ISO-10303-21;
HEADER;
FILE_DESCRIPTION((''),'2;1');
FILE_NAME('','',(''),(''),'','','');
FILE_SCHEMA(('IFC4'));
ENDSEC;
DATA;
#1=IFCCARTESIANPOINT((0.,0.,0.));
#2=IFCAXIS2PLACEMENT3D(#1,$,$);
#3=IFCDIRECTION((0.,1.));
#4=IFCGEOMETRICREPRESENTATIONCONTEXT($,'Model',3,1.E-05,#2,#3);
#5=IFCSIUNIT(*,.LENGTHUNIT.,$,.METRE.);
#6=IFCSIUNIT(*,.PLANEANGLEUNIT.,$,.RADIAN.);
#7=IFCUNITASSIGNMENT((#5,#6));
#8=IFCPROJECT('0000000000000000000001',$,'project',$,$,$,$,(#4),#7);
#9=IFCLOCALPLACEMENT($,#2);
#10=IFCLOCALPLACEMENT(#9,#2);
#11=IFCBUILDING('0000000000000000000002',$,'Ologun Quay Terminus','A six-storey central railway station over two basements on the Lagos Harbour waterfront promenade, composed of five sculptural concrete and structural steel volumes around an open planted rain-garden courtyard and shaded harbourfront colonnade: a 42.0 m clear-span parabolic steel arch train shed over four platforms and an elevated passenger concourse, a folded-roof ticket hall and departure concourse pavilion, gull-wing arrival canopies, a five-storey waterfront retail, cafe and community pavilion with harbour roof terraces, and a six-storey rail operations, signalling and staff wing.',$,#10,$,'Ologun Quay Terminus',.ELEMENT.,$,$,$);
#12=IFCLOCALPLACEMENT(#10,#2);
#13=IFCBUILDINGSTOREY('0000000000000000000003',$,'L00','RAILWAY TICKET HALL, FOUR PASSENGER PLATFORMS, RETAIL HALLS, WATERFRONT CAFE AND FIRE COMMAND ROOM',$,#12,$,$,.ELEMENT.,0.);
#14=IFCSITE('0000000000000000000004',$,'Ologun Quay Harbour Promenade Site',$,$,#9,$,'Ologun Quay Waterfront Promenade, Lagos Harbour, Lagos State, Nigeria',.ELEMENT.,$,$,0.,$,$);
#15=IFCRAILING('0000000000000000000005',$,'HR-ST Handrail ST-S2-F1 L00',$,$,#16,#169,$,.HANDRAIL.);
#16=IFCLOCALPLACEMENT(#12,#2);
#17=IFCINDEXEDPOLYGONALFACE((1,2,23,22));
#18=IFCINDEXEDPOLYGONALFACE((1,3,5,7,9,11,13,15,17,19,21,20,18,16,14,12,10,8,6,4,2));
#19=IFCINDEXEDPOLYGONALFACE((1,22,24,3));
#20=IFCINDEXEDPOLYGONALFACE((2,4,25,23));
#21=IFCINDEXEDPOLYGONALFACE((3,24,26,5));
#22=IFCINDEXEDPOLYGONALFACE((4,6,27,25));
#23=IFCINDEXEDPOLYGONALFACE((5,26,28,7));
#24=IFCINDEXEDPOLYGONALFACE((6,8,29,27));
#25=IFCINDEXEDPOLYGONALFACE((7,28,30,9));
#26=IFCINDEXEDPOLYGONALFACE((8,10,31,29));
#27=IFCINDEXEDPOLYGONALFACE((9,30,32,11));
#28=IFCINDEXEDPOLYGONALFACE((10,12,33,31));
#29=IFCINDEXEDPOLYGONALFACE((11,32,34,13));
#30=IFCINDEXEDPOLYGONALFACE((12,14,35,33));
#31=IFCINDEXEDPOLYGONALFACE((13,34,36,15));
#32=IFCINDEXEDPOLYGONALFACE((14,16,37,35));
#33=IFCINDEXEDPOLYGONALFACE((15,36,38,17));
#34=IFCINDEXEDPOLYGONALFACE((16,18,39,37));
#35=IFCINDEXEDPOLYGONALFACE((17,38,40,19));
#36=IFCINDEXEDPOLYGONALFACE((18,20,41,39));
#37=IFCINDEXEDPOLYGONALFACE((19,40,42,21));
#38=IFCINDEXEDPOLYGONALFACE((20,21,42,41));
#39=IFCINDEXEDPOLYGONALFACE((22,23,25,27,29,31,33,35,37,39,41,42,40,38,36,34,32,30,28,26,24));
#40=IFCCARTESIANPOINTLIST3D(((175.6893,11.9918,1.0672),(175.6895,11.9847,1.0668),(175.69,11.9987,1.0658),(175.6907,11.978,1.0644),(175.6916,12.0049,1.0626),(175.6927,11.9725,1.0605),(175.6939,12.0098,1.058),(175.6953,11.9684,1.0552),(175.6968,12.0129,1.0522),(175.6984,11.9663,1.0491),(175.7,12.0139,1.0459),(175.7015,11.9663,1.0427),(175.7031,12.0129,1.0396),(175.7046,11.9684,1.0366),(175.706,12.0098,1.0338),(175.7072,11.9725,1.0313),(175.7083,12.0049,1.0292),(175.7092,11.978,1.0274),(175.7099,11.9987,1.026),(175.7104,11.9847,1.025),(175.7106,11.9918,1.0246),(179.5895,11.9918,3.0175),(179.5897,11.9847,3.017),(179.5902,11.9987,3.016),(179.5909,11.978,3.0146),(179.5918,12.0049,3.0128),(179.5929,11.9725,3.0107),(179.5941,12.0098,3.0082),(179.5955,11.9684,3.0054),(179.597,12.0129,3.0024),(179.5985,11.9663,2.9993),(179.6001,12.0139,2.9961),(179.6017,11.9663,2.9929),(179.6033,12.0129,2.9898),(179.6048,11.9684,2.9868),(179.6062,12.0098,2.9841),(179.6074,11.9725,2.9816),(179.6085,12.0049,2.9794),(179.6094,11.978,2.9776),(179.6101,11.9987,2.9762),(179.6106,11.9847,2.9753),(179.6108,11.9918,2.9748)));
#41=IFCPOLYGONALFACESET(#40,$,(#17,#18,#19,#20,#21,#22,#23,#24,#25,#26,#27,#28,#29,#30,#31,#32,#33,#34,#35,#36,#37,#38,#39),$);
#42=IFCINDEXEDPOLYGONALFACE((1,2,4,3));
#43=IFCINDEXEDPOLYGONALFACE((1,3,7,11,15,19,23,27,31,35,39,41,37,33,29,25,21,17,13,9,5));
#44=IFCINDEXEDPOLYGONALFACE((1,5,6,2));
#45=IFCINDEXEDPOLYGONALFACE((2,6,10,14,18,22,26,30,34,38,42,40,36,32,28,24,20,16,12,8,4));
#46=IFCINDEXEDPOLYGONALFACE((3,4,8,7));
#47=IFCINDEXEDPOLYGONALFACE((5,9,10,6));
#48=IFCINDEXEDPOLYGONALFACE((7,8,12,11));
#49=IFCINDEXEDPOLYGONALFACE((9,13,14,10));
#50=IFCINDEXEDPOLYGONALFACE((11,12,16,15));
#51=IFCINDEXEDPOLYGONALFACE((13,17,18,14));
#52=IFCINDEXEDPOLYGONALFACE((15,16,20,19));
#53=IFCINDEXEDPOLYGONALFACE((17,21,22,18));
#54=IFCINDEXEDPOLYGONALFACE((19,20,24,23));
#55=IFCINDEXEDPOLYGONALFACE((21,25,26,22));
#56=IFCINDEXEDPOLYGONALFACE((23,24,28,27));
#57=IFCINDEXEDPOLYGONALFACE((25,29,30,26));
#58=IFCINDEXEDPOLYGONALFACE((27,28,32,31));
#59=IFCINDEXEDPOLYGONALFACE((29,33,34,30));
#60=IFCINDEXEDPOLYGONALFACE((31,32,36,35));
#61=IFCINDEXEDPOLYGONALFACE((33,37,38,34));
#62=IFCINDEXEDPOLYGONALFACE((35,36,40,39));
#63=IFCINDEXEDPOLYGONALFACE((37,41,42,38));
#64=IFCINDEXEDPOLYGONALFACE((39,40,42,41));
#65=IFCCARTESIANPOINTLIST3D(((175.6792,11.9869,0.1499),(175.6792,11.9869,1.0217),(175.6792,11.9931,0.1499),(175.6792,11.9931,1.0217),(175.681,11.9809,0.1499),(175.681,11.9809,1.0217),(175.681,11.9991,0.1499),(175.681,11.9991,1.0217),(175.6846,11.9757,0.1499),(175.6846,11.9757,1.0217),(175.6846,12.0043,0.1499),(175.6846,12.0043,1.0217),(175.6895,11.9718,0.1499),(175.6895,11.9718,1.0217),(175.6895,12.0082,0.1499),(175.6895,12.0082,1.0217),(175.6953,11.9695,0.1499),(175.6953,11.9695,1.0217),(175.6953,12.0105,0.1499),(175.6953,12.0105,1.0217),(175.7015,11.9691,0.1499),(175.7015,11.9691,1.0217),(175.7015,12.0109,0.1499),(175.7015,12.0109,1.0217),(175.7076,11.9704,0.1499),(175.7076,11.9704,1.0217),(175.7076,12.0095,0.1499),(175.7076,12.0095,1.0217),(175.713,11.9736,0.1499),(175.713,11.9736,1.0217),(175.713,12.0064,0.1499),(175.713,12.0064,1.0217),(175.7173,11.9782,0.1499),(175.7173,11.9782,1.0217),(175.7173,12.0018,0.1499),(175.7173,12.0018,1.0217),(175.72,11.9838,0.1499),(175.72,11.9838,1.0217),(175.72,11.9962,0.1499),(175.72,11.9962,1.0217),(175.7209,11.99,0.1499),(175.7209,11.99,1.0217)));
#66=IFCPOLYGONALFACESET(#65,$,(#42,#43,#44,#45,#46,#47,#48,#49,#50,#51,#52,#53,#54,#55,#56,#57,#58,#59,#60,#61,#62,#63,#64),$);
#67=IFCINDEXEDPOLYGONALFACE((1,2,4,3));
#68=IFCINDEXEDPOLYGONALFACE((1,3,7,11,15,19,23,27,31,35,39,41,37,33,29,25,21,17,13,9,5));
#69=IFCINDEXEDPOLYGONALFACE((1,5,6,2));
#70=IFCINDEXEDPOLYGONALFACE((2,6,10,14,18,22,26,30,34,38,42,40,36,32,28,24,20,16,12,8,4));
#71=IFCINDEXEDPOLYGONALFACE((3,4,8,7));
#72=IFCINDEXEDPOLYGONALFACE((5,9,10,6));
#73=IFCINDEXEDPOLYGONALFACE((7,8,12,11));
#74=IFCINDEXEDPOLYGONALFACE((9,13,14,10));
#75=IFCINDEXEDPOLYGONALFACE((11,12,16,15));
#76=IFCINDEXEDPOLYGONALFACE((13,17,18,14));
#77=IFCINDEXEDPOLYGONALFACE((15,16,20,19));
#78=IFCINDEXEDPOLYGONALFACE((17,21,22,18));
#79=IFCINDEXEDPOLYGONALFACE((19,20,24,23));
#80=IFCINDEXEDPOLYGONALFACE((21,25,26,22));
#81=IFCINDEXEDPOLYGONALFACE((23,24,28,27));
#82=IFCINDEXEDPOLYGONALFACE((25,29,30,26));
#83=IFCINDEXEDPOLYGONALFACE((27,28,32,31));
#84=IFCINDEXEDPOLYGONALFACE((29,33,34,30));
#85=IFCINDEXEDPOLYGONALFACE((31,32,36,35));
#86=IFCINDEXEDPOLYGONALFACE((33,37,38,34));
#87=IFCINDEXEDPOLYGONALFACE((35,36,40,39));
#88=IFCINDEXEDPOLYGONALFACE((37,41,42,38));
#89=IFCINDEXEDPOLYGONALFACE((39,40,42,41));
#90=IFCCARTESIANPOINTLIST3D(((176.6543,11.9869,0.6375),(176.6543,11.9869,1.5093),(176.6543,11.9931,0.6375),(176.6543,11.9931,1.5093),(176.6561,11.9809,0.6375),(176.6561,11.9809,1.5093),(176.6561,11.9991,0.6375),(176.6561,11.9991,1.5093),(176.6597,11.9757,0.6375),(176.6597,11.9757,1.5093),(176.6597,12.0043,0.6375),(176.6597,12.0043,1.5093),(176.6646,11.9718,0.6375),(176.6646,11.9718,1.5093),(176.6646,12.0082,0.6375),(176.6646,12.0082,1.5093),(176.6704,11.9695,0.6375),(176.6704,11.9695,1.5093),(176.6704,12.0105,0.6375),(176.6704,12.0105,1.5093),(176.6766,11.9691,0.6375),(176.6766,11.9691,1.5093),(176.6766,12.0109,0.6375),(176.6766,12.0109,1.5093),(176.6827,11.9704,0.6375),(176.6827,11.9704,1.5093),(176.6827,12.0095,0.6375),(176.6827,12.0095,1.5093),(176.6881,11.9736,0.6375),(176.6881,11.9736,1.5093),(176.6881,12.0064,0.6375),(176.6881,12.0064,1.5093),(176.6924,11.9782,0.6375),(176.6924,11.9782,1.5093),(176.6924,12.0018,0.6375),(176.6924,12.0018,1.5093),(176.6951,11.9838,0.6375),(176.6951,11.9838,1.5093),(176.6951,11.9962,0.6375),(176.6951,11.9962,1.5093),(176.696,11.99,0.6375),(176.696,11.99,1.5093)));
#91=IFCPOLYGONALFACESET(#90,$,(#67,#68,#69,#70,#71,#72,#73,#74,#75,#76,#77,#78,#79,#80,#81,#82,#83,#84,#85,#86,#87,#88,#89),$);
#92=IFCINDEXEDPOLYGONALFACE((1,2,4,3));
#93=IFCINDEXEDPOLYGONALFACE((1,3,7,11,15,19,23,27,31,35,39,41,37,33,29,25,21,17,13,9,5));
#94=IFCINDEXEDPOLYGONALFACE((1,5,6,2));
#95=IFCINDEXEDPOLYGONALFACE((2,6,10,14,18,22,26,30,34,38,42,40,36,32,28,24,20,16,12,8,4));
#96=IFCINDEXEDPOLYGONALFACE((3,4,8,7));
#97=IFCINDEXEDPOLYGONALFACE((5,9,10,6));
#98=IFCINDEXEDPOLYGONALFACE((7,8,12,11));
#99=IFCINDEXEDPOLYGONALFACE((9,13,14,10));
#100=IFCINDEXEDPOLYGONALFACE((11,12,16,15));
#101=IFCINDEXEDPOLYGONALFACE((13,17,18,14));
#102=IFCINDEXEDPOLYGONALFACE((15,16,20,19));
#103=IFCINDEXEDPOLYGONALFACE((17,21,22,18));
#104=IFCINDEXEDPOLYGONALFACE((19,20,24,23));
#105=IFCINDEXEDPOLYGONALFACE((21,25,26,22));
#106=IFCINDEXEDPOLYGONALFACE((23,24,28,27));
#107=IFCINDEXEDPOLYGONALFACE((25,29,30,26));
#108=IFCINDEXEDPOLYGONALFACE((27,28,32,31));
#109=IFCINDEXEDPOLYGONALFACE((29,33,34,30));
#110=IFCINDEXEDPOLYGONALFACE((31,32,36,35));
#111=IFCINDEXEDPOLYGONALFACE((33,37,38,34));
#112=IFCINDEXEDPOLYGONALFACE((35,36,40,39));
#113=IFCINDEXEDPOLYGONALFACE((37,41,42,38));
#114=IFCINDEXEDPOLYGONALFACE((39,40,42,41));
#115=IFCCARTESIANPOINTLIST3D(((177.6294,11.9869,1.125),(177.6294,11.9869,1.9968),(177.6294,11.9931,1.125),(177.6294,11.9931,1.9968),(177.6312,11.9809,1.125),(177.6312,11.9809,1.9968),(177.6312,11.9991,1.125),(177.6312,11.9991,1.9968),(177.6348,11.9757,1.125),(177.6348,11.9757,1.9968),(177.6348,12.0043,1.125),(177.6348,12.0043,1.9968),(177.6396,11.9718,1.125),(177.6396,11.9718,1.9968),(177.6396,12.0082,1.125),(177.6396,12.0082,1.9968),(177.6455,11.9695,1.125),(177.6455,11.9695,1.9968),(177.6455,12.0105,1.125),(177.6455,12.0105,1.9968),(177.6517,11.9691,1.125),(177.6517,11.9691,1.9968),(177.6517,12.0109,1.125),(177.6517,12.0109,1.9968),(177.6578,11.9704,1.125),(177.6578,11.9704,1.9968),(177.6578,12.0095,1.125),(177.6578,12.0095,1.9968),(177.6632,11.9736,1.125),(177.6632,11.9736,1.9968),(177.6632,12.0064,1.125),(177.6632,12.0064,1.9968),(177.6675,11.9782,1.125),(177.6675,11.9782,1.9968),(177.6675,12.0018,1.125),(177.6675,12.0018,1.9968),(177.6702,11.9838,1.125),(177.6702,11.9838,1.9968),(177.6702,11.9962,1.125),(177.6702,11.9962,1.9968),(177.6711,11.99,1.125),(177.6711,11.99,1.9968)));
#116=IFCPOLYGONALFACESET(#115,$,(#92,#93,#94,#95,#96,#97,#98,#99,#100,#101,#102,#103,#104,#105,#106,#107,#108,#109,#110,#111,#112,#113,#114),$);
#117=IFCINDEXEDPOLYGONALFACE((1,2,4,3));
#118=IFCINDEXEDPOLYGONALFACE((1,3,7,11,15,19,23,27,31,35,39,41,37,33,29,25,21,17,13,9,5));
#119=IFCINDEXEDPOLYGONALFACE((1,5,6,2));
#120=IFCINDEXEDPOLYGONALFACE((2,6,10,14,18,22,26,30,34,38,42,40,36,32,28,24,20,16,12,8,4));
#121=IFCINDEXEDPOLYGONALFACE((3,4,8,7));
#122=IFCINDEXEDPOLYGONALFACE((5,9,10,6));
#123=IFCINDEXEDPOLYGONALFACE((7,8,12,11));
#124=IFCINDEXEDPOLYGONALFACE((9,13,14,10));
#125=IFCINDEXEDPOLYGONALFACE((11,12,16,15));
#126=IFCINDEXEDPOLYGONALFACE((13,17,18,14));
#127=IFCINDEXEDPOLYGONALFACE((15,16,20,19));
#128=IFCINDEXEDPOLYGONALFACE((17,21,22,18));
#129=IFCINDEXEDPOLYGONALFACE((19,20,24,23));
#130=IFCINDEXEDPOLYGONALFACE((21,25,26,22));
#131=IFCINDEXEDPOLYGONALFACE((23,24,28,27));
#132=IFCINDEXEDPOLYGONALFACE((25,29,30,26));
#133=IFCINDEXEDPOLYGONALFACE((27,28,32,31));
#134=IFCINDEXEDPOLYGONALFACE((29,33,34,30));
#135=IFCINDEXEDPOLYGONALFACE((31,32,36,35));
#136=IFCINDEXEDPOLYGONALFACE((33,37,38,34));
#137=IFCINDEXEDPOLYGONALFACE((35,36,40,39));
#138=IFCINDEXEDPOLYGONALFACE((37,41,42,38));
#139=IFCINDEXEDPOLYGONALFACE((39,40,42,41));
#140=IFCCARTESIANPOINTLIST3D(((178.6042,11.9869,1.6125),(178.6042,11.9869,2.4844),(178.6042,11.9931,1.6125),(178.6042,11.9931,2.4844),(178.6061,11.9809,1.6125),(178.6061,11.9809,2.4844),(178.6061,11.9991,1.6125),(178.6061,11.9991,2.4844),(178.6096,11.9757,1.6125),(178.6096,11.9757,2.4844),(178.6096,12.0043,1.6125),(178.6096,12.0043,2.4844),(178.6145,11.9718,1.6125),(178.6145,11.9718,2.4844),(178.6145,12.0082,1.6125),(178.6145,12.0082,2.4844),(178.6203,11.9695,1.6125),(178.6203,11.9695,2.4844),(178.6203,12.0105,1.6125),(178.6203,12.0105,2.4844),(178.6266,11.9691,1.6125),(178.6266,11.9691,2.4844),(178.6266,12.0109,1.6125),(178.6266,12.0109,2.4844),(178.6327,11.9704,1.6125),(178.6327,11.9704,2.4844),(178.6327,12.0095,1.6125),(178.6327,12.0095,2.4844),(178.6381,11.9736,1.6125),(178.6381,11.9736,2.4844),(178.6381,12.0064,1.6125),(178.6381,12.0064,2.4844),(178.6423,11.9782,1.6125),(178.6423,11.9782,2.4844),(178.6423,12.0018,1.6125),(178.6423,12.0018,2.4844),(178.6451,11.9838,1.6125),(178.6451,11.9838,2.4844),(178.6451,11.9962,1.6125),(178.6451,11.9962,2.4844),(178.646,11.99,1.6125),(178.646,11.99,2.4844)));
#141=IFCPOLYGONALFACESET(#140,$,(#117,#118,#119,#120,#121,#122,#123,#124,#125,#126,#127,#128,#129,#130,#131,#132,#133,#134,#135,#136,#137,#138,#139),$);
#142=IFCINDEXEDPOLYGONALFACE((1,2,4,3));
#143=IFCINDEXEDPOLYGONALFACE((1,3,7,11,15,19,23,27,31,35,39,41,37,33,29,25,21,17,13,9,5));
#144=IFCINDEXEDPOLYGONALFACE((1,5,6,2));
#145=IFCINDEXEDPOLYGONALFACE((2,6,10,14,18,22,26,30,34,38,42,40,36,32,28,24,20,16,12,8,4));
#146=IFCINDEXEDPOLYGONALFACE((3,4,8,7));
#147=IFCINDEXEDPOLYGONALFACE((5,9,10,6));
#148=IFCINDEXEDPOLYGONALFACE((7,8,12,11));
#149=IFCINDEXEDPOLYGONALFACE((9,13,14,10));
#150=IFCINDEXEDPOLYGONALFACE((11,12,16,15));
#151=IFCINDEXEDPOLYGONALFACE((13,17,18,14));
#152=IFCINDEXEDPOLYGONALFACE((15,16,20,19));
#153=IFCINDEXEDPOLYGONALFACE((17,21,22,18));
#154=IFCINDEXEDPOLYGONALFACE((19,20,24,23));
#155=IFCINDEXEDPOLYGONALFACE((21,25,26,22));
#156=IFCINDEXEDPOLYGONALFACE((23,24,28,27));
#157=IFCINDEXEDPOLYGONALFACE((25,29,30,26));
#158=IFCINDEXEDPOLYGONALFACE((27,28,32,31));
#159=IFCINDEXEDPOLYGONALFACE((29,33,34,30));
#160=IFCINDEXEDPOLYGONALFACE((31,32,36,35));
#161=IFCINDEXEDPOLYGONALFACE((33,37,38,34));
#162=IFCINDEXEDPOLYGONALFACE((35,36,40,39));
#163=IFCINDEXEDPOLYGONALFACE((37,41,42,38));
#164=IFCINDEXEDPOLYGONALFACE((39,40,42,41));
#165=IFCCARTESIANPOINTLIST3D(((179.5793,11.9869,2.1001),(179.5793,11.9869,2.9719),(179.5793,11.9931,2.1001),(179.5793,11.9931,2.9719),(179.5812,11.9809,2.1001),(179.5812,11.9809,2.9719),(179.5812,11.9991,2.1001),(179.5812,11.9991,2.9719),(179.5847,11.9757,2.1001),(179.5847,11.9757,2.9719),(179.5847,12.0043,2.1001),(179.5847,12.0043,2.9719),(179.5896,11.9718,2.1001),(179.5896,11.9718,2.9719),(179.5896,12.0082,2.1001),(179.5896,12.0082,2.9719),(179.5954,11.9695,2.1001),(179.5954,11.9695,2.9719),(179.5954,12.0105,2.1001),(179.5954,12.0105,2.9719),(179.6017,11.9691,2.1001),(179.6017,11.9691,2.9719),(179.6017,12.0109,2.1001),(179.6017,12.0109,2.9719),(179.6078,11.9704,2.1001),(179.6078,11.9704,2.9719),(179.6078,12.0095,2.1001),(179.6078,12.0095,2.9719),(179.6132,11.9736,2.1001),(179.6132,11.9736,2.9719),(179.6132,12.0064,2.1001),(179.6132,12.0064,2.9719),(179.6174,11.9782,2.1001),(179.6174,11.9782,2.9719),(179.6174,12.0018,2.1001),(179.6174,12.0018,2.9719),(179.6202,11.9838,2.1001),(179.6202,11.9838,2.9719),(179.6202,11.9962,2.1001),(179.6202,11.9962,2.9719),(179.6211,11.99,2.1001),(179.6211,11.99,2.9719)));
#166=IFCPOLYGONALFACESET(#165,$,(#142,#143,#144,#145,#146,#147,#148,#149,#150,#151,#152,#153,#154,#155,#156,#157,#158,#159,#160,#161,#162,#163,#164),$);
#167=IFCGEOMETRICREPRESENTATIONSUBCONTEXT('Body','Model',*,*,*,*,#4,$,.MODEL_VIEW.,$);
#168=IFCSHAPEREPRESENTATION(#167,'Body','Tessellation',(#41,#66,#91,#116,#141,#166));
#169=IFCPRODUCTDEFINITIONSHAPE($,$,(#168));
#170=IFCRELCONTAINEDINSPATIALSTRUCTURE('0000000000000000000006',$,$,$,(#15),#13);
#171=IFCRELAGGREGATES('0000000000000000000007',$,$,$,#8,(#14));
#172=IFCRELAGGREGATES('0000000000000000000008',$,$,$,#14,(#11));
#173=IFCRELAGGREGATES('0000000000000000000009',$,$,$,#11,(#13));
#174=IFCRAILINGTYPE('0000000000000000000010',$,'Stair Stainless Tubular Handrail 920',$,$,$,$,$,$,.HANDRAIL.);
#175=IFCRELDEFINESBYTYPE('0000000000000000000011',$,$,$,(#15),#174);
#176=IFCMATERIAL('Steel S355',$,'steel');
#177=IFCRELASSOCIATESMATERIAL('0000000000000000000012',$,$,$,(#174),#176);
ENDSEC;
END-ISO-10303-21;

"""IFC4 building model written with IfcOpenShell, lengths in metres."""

from ifc_helpers import new_model, si_unit, direction, frame, origin, origin_2d, place, context, subcontext, project, spatial, circle, extrude, material, type_object, element, save


model = new_model("IFC4")

# Units and contexts
model_context = context("Model", 3, precision=1e-05, world=origin(), true_north=direction((0.0, 1.0)))
body_context = subcontext(model_context, "Body", "Model", "MODEL_VIEW")
ifc_project = project(units=[si_unit("LENGTHUNIT", "METRE"), si_unit("PLANEANGLEUNIT", "RADIAN")], contexts=[model_context])

# Site, building, storey
site_placement = place(None, origin())
site = spatial("IfcSite", under=ifc_project, at=site_placement, Name="Ologun Quay Harbour Promenade Site", LongName="Ologun Quay Waterfront Promenade, Lagos Harbour, Lagos State, Nigeria", CompositionType="ELEMENT", RefElevation=0.0)
building_placement = place(site_placement, origin())
building = spatial("IfcBuilding", under=site, at=building_placement, Name="Ologun Quay Terminus", Description="A six-storey central railway station over two basements on the Lagos Harbour waterfront promenade, composed of five sculptural concrete and structural steel volumes around an open planted rain-garden courtyard and shaded harbourfront colonnade: a 42.0 m clear-span parabolic steel arch train shed over four platforms and an elevated passenger concourse, a folded-roof ticket hall and departure concourse pavilion, gull-wing arrival canopies, a five-storey waterfront retail, cafe and community pavilion with harbour roof terraces, and a six-storey rail operations, signalling and staff wing.", LongName="Ologun Quay Terminus", CompositionType="ELEMENT")
storey_placement = place(building_placement, origin())
storey = spatial("IfcBuildingStorey", under=building, at=storey_placement, Name="L00", Description="RAILWAY TICKET HALL, FOUR PASSENGER PLATFORMS, RETAIL HALLS, WATERFRONT CAFE AND FIRE COMMAND ROOM", CompositionType="ELEMENT", Elevation=0.0)

# Railing
ifc_material_1 = material(Name="Steel S355", Category="steel")
railing_type_1 = type_object("IfcRailingType", Name="Stair Stainless Tubular Handrail 920", PredefinedType="HANDRAIL", material=ifc_material_1)
railing_1_placement = place(storey_placement, frame((175.7, 11.99, 0.1499)))
element("IfcRailing", 1, at=railing_1_placement, inside=storey, type_object=railing_type_1, Name="HR-ST Handrail ST-S2-F1 L00", PredefinedType="HANDRAIL", context=body_context, shape_type="SweptSolid", body=[
    extrude(circle(Radius=0.0239, at=origin_2d()), frame((0.0, 0.0, 0.896), z_axis=(0.894416, 0.0, 0.447236), x_axis=(0.0, 1.0, 0.0)), (0.0, 0.0, 1.0), 4.3606),
    extrude(circle(Radius=0.021, at=origin_2d()), origin(), (0.0, 0.0, 1.0), 0.8718),
    extrude(circle(Radius=0.021, at=origin_2d()), frame((0.9751, 0.0, 0.4875)), (0.0, 0.0, 1.0), 0.8718),
    extrude(circle(Radius=0.021, at=origin_2d()), frame((1.9502, 0.0, 0.9751)), (0.0, 0.0, 1.0), 0.8718),
    extrude(circle(Radius=0.021, at=origin_2d()), frame((2.925, 0.0, 1.4626)), (0.0, 0.0, 1.0), 0.8718),
    extrude(circle(Radius=0.021, at=origin_2d()), frame((3.9001, 0.0, 1.9502)), (0.0, 0.0, 1.0), 0.8718),
])

save(model, "model.ifc")
